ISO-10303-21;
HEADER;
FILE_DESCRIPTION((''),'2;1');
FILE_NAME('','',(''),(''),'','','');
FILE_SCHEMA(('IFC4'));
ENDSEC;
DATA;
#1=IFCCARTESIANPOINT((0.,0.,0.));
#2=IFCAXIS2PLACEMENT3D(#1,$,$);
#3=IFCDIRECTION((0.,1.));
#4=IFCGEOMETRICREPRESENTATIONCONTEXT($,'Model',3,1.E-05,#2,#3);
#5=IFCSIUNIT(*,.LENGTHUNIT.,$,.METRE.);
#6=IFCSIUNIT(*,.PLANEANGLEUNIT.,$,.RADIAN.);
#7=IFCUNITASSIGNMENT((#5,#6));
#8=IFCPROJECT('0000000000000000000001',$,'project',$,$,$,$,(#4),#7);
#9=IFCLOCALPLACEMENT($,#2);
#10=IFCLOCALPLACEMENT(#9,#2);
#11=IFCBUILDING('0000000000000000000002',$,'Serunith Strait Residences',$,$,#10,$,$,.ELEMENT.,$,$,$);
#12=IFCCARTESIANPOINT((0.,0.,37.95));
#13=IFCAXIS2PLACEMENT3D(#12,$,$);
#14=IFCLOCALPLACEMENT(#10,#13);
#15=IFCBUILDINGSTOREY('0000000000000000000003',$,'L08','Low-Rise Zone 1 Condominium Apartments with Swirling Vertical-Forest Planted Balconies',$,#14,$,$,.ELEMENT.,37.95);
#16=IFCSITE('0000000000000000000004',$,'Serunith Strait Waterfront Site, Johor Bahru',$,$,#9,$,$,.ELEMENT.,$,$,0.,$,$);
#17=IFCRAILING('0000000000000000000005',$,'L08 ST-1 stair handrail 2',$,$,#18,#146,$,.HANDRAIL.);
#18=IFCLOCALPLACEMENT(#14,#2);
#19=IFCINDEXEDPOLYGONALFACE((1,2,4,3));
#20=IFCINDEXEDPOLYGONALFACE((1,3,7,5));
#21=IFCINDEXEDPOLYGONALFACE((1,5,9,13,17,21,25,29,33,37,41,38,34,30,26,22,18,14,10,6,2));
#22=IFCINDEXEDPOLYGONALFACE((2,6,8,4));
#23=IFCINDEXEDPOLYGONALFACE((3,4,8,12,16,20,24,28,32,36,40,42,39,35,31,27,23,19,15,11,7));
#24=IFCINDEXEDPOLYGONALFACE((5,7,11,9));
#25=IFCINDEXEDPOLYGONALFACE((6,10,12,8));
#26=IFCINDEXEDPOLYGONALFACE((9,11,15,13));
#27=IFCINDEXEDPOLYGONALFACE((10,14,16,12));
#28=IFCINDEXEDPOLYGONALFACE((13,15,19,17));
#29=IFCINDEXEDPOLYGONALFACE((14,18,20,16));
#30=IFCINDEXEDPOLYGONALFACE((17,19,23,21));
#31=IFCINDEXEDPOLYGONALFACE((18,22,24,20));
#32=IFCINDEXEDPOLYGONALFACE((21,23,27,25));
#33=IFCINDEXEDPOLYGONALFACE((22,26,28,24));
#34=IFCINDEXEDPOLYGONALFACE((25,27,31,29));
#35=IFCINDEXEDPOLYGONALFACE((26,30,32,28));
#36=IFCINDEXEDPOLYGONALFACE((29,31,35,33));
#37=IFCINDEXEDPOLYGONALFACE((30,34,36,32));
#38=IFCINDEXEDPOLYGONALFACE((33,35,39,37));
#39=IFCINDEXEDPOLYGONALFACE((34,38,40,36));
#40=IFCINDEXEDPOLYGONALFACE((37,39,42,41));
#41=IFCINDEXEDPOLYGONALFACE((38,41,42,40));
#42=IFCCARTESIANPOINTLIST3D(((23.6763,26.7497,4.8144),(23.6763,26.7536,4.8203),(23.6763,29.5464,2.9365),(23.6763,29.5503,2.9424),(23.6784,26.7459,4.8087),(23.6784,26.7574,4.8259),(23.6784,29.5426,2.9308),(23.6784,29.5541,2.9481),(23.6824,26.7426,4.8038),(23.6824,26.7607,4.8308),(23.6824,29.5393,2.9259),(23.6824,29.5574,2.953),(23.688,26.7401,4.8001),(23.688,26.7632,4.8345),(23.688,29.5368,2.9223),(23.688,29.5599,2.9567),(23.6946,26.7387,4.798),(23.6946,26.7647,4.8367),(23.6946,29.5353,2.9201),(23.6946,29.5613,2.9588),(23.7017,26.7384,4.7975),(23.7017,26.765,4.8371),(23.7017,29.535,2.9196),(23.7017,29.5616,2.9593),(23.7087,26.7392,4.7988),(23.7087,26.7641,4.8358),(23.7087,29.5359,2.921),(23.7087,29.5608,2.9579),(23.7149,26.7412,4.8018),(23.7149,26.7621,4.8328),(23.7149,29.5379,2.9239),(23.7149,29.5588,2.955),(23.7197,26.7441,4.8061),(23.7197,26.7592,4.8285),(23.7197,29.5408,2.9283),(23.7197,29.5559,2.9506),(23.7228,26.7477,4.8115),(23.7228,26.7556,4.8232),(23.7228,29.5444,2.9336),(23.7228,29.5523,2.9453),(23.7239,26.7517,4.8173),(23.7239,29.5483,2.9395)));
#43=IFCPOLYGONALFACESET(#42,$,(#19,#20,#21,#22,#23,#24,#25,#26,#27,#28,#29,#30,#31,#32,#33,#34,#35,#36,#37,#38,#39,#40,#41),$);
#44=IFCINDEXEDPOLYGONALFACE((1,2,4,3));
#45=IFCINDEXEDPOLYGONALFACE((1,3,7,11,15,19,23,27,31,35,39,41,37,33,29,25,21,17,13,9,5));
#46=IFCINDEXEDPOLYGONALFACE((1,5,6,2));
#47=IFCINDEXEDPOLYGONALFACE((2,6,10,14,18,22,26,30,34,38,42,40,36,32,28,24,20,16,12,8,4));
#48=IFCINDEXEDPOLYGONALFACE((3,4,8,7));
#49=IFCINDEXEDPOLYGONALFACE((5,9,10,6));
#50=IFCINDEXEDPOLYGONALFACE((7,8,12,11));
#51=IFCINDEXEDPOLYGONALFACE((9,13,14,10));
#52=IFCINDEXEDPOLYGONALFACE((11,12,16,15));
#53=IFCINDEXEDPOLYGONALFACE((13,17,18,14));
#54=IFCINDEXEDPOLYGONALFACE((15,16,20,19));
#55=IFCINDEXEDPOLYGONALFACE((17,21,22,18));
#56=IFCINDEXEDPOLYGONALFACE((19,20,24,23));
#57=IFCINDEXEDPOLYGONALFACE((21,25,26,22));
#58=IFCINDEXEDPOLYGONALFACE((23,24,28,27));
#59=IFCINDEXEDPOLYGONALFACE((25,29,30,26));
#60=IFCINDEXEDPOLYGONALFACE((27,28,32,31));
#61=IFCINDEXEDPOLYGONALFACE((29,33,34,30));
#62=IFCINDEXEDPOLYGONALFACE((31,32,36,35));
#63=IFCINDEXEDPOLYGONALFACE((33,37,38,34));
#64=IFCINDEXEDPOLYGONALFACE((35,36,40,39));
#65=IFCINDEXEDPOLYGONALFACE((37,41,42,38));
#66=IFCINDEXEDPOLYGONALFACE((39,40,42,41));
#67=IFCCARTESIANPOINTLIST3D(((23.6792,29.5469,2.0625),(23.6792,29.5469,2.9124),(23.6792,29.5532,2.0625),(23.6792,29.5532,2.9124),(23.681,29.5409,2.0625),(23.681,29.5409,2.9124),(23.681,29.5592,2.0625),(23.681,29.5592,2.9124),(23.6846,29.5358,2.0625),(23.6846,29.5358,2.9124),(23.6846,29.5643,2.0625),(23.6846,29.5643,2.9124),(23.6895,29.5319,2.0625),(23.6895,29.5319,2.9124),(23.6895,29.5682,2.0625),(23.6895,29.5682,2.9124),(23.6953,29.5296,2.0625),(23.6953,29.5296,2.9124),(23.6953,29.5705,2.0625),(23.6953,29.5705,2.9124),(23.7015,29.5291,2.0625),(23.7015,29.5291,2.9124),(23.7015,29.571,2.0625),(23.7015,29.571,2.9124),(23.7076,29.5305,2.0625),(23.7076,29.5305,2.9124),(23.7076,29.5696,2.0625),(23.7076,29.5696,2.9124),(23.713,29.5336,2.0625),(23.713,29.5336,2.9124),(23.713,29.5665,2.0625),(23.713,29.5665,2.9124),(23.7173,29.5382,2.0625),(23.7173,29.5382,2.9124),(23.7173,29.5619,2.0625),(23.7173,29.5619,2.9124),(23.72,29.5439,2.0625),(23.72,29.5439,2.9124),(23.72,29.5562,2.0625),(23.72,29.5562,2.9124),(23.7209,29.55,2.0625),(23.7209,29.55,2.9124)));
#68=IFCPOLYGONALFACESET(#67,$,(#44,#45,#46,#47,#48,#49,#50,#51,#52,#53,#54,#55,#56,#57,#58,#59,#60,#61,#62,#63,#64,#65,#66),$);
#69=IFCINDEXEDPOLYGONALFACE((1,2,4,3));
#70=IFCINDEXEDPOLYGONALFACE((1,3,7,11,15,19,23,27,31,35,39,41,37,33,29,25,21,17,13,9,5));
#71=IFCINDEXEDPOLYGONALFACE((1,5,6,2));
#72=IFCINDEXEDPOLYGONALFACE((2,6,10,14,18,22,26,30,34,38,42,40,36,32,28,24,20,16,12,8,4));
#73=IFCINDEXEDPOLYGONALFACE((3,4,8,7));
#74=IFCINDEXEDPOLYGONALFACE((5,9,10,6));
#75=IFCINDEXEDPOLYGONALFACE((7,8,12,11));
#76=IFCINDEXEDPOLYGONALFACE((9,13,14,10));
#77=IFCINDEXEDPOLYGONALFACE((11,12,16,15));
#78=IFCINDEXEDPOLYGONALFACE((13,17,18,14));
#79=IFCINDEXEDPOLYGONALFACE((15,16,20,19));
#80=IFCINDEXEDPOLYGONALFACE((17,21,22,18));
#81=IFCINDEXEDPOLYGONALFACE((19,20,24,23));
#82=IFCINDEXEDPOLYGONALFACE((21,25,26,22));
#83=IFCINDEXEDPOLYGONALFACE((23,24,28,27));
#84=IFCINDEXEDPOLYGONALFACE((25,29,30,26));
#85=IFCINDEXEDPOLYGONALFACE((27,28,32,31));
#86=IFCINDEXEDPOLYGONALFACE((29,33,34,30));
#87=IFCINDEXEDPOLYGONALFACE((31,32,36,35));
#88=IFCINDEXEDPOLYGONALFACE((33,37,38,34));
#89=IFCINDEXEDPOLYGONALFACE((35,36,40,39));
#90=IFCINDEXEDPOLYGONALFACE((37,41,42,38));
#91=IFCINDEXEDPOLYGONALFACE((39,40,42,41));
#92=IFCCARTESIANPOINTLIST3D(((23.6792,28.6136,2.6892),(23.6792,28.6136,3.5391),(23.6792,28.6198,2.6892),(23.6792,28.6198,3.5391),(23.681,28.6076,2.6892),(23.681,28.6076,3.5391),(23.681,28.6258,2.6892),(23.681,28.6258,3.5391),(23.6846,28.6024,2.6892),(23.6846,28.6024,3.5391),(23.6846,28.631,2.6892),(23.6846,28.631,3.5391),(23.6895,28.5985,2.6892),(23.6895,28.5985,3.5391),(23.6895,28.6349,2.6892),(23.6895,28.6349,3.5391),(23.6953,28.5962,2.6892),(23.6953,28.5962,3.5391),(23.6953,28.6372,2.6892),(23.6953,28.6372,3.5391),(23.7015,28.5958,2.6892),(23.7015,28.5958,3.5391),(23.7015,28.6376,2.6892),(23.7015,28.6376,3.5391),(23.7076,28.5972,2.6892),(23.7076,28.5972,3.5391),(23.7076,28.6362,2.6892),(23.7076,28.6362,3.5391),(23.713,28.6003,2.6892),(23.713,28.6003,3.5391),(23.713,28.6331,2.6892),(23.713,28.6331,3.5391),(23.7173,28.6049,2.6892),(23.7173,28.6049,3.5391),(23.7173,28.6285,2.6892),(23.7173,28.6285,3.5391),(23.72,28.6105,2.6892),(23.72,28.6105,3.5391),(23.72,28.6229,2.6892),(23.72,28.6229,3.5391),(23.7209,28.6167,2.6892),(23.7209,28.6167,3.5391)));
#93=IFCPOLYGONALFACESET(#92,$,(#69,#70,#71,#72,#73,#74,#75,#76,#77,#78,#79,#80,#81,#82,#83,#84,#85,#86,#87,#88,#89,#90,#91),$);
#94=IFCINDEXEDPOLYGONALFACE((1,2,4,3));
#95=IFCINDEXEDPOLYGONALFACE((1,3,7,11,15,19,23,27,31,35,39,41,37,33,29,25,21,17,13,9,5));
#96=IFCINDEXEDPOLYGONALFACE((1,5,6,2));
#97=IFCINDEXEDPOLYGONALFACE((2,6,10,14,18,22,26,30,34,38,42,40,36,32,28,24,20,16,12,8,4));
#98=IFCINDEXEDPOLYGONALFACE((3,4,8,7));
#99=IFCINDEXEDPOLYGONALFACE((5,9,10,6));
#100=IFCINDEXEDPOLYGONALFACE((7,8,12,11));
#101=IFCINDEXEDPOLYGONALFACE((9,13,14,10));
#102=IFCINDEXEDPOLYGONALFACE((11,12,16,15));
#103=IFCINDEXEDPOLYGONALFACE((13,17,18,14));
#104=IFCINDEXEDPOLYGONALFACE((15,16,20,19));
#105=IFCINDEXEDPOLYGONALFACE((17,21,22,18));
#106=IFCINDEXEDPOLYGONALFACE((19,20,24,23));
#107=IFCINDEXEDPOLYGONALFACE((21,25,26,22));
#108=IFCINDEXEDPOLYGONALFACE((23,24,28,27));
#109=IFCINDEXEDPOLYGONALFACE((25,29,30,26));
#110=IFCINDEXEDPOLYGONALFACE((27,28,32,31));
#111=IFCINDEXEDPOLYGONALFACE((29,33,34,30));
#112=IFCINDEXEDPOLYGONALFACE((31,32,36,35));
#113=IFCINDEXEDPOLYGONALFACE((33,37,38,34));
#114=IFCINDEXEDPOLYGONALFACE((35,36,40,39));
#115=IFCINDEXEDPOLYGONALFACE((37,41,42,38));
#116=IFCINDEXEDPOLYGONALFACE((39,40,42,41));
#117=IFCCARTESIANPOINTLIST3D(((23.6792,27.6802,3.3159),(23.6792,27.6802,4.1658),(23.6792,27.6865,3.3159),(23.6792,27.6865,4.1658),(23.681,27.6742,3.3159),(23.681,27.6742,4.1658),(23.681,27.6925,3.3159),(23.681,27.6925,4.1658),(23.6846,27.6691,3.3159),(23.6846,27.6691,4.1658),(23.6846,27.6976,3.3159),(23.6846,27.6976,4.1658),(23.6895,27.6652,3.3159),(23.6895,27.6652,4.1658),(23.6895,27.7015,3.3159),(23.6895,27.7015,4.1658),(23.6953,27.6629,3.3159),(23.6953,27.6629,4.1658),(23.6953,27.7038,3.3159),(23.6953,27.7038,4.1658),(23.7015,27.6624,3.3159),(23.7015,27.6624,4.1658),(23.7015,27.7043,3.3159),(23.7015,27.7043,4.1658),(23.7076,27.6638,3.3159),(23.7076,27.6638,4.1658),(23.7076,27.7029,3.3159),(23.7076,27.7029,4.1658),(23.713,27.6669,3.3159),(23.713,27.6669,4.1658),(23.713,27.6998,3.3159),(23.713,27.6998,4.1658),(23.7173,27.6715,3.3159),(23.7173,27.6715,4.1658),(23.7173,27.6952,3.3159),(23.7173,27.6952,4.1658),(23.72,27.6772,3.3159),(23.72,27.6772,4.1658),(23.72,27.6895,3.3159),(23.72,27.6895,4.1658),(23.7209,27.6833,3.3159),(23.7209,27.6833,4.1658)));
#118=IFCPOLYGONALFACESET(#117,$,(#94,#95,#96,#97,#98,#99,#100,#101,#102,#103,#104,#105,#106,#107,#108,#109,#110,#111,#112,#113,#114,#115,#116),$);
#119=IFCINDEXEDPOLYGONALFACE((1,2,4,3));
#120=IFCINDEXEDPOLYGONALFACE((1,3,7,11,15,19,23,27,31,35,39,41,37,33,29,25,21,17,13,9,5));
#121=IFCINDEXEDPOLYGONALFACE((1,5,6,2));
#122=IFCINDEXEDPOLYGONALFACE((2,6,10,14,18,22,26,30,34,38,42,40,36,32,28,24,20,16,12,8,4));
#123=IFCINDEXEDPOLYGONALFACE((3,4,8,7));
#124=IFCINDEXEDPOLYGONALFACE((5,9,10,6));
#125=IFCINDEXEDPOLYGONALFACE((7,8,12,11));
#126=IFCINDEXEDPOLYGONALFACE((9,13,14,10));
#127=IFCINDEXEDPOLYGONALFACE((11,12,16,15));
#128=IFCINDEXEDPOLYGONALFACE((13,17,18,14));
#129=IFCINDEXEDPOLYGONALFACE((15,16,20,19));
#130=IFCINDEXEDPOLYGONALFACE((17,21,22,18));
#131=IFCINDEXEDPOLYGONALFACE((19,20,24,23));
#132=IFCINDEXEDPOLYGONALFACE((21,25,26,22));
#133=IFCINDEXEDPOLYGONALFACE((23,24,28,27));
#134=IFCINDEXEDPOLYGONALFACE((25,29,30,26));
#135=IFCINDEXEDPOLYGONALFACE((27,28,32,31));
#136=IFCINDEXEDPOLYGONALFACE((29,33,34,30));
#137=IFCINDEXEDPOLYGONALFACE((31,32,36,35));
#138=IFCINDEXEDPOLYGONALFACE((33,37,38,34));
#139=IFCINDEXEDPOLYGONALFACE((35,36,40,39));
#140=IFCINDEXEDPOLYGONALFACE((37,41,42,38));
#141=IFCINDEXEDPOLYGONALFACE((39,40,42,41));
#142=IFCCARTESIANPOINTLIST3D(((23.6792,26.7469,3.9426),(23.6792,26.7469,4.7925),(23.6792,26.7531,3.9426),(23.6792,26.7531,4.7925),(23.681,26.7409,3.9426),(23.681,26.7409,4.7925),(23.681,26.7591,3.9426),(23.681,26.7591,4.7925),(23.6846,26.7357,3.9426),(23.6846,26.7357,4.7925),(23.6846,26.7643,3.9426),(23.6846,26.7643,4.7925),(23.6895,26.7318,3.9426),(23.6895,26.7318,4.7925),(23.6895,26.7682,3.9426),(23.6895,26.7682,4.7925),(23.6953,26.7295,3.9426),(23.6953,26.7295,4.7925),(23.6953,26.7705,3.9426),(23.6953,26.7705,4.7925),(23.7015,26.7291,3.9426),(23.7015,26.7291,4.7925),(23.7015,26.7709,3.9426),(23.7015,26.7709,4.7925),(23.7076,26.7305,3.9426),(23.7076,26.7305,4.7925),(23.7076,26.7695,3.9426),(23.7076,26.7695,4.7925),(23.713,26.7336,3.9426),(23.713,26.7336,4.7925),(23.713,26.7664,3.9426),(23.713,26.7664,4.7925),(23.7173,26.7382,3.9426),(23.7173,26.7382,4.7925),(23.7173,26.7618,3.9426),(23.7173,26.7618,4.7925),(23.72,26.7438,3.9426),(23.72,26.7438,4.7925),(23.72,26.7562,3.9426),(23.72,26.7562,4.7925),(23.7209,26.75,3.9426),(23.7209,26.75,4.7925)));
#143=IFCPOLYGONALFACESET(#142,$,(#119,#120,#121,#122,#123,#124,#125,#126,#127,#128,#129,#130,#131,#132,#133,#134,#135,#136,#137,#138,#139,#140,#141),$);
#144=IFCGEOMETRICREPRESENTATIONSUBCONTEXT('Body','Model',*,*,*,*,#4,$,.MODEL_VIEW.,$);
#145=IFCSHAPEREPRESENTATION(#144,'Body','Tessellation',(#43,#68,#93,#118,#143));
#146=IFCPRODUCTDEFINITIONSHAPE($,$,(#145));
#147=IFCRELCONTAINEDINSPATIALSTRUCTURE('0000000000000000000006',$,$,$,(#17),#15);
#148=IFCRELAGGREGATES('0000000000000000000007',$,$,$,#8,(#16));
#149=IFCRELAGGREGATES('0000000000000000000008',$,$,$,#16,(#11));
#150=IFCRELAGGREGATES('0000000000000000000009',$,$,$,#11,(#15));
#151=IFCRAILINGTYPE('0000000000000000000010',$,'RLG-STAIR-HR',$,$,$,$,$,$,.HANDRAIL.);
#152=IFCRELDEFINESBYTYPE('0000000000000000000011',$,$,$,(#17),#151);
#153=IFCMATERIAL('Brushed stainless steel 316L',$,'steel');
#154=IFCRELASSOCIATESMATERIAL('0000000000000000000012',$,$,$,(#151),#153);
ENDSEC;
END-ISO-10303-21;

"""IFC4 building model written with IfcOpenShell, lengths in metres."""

from ifc_helpers import new_model, si_unit, direction, frame, origin, origin_2d, place, context, subcontext, project, spatial, circle, extrude, material, type_object, element, save


model = new_model("IFC4")

# Units and contexts
model_context = context("Model", 3, precision=1e-05, world=origin(), true_north=direction((0.0, 1.0)))
body_context = subcontext(model_context, "Body", "Model", "MODEL_VIEW")
ifc_project = project(units=[si_unit("LENGTHUNIT", "METRE"), si_unit("PLANEANGLEUNIT", "RADIAN")], contexts=[model_context])

# Site, building, storey
site_placement = place(None, origin())
site = spatial("IfcSite", under=ifc_project, at=site_placement, Name="Serunith Strait Waterfront Site, Johor Bahru", CompositionType="ELEMENT", RefElevation=0.0)
building_placement = place(site_placement, origin())
building = spatial("IfcBuilding", under=site, at=building_placement, Name="Serunith Strait Residences", CompositionType="ELEMENT")
storey_placement = place(building_placement, frame((0.0, 0.0, 37.95)))
storey = spatial("IfcBuildingStorey", under=building, at=storey_placement, Name="L08", Description="Low-Rise Zone 1 Condominium Apartments with Swirling Vertical-Forest Planted Balconies", CompositionType="ELEMENT", Elevation=37.95)

# Railing
ifc_material_1 = material(Name="Brushed stainless steel 316L", Category="steel")
railing_type_1 = type_object("IfcRailingType", Name="RLG-STAIR-HR", PredefinedType="HANDRAIL", material=ifc_material_1)
railing_1_placement = place(storey_placement, frame((23.7, 29.55, 2.0625)))
element("IfcRailing", 1, at=railing_1_placement, inside=storey, type_object=railing_type_1, Name="L08 ST-1 stair handrail 2", PredefinedType="HANDRAIL", context=body_context, shape_type="SweptSolid", body=[
    extrude(circle(Radius=0.0239, at=origin_2d()), frame((0.0, -0.0017, 0.877), z_axis=(0.0, -0.830208, 0.557453), x_axis=(1.0, 0.0, 0.0)), (0.0, 0.0, 1.0), 3.3687),
    extrude(circle(Radius=0.021, at=origin_2d()), origin(), (0.0, 0.0, 1.0), 0.8499),
    extrude(circle(Radius=0.021, at=origin_2d()), frame((0.0, -0.9333, 0.6267)), (0.0, 0.0, 1.0), 0.8499),
    extrude(circle(Radius=0.021, at=origin_2d()), frame((0.0, -1.8667, 1.2534)), (0.0, 0.0, 1.0), 0.8499),
    extrude(circle(Radius=0.021, at=origin_2d()), frame((0.0, -2.8, 1.8801)), (0.0, 0.0, 1.0), 0.8499),
])

save(model, "model.ifc")
